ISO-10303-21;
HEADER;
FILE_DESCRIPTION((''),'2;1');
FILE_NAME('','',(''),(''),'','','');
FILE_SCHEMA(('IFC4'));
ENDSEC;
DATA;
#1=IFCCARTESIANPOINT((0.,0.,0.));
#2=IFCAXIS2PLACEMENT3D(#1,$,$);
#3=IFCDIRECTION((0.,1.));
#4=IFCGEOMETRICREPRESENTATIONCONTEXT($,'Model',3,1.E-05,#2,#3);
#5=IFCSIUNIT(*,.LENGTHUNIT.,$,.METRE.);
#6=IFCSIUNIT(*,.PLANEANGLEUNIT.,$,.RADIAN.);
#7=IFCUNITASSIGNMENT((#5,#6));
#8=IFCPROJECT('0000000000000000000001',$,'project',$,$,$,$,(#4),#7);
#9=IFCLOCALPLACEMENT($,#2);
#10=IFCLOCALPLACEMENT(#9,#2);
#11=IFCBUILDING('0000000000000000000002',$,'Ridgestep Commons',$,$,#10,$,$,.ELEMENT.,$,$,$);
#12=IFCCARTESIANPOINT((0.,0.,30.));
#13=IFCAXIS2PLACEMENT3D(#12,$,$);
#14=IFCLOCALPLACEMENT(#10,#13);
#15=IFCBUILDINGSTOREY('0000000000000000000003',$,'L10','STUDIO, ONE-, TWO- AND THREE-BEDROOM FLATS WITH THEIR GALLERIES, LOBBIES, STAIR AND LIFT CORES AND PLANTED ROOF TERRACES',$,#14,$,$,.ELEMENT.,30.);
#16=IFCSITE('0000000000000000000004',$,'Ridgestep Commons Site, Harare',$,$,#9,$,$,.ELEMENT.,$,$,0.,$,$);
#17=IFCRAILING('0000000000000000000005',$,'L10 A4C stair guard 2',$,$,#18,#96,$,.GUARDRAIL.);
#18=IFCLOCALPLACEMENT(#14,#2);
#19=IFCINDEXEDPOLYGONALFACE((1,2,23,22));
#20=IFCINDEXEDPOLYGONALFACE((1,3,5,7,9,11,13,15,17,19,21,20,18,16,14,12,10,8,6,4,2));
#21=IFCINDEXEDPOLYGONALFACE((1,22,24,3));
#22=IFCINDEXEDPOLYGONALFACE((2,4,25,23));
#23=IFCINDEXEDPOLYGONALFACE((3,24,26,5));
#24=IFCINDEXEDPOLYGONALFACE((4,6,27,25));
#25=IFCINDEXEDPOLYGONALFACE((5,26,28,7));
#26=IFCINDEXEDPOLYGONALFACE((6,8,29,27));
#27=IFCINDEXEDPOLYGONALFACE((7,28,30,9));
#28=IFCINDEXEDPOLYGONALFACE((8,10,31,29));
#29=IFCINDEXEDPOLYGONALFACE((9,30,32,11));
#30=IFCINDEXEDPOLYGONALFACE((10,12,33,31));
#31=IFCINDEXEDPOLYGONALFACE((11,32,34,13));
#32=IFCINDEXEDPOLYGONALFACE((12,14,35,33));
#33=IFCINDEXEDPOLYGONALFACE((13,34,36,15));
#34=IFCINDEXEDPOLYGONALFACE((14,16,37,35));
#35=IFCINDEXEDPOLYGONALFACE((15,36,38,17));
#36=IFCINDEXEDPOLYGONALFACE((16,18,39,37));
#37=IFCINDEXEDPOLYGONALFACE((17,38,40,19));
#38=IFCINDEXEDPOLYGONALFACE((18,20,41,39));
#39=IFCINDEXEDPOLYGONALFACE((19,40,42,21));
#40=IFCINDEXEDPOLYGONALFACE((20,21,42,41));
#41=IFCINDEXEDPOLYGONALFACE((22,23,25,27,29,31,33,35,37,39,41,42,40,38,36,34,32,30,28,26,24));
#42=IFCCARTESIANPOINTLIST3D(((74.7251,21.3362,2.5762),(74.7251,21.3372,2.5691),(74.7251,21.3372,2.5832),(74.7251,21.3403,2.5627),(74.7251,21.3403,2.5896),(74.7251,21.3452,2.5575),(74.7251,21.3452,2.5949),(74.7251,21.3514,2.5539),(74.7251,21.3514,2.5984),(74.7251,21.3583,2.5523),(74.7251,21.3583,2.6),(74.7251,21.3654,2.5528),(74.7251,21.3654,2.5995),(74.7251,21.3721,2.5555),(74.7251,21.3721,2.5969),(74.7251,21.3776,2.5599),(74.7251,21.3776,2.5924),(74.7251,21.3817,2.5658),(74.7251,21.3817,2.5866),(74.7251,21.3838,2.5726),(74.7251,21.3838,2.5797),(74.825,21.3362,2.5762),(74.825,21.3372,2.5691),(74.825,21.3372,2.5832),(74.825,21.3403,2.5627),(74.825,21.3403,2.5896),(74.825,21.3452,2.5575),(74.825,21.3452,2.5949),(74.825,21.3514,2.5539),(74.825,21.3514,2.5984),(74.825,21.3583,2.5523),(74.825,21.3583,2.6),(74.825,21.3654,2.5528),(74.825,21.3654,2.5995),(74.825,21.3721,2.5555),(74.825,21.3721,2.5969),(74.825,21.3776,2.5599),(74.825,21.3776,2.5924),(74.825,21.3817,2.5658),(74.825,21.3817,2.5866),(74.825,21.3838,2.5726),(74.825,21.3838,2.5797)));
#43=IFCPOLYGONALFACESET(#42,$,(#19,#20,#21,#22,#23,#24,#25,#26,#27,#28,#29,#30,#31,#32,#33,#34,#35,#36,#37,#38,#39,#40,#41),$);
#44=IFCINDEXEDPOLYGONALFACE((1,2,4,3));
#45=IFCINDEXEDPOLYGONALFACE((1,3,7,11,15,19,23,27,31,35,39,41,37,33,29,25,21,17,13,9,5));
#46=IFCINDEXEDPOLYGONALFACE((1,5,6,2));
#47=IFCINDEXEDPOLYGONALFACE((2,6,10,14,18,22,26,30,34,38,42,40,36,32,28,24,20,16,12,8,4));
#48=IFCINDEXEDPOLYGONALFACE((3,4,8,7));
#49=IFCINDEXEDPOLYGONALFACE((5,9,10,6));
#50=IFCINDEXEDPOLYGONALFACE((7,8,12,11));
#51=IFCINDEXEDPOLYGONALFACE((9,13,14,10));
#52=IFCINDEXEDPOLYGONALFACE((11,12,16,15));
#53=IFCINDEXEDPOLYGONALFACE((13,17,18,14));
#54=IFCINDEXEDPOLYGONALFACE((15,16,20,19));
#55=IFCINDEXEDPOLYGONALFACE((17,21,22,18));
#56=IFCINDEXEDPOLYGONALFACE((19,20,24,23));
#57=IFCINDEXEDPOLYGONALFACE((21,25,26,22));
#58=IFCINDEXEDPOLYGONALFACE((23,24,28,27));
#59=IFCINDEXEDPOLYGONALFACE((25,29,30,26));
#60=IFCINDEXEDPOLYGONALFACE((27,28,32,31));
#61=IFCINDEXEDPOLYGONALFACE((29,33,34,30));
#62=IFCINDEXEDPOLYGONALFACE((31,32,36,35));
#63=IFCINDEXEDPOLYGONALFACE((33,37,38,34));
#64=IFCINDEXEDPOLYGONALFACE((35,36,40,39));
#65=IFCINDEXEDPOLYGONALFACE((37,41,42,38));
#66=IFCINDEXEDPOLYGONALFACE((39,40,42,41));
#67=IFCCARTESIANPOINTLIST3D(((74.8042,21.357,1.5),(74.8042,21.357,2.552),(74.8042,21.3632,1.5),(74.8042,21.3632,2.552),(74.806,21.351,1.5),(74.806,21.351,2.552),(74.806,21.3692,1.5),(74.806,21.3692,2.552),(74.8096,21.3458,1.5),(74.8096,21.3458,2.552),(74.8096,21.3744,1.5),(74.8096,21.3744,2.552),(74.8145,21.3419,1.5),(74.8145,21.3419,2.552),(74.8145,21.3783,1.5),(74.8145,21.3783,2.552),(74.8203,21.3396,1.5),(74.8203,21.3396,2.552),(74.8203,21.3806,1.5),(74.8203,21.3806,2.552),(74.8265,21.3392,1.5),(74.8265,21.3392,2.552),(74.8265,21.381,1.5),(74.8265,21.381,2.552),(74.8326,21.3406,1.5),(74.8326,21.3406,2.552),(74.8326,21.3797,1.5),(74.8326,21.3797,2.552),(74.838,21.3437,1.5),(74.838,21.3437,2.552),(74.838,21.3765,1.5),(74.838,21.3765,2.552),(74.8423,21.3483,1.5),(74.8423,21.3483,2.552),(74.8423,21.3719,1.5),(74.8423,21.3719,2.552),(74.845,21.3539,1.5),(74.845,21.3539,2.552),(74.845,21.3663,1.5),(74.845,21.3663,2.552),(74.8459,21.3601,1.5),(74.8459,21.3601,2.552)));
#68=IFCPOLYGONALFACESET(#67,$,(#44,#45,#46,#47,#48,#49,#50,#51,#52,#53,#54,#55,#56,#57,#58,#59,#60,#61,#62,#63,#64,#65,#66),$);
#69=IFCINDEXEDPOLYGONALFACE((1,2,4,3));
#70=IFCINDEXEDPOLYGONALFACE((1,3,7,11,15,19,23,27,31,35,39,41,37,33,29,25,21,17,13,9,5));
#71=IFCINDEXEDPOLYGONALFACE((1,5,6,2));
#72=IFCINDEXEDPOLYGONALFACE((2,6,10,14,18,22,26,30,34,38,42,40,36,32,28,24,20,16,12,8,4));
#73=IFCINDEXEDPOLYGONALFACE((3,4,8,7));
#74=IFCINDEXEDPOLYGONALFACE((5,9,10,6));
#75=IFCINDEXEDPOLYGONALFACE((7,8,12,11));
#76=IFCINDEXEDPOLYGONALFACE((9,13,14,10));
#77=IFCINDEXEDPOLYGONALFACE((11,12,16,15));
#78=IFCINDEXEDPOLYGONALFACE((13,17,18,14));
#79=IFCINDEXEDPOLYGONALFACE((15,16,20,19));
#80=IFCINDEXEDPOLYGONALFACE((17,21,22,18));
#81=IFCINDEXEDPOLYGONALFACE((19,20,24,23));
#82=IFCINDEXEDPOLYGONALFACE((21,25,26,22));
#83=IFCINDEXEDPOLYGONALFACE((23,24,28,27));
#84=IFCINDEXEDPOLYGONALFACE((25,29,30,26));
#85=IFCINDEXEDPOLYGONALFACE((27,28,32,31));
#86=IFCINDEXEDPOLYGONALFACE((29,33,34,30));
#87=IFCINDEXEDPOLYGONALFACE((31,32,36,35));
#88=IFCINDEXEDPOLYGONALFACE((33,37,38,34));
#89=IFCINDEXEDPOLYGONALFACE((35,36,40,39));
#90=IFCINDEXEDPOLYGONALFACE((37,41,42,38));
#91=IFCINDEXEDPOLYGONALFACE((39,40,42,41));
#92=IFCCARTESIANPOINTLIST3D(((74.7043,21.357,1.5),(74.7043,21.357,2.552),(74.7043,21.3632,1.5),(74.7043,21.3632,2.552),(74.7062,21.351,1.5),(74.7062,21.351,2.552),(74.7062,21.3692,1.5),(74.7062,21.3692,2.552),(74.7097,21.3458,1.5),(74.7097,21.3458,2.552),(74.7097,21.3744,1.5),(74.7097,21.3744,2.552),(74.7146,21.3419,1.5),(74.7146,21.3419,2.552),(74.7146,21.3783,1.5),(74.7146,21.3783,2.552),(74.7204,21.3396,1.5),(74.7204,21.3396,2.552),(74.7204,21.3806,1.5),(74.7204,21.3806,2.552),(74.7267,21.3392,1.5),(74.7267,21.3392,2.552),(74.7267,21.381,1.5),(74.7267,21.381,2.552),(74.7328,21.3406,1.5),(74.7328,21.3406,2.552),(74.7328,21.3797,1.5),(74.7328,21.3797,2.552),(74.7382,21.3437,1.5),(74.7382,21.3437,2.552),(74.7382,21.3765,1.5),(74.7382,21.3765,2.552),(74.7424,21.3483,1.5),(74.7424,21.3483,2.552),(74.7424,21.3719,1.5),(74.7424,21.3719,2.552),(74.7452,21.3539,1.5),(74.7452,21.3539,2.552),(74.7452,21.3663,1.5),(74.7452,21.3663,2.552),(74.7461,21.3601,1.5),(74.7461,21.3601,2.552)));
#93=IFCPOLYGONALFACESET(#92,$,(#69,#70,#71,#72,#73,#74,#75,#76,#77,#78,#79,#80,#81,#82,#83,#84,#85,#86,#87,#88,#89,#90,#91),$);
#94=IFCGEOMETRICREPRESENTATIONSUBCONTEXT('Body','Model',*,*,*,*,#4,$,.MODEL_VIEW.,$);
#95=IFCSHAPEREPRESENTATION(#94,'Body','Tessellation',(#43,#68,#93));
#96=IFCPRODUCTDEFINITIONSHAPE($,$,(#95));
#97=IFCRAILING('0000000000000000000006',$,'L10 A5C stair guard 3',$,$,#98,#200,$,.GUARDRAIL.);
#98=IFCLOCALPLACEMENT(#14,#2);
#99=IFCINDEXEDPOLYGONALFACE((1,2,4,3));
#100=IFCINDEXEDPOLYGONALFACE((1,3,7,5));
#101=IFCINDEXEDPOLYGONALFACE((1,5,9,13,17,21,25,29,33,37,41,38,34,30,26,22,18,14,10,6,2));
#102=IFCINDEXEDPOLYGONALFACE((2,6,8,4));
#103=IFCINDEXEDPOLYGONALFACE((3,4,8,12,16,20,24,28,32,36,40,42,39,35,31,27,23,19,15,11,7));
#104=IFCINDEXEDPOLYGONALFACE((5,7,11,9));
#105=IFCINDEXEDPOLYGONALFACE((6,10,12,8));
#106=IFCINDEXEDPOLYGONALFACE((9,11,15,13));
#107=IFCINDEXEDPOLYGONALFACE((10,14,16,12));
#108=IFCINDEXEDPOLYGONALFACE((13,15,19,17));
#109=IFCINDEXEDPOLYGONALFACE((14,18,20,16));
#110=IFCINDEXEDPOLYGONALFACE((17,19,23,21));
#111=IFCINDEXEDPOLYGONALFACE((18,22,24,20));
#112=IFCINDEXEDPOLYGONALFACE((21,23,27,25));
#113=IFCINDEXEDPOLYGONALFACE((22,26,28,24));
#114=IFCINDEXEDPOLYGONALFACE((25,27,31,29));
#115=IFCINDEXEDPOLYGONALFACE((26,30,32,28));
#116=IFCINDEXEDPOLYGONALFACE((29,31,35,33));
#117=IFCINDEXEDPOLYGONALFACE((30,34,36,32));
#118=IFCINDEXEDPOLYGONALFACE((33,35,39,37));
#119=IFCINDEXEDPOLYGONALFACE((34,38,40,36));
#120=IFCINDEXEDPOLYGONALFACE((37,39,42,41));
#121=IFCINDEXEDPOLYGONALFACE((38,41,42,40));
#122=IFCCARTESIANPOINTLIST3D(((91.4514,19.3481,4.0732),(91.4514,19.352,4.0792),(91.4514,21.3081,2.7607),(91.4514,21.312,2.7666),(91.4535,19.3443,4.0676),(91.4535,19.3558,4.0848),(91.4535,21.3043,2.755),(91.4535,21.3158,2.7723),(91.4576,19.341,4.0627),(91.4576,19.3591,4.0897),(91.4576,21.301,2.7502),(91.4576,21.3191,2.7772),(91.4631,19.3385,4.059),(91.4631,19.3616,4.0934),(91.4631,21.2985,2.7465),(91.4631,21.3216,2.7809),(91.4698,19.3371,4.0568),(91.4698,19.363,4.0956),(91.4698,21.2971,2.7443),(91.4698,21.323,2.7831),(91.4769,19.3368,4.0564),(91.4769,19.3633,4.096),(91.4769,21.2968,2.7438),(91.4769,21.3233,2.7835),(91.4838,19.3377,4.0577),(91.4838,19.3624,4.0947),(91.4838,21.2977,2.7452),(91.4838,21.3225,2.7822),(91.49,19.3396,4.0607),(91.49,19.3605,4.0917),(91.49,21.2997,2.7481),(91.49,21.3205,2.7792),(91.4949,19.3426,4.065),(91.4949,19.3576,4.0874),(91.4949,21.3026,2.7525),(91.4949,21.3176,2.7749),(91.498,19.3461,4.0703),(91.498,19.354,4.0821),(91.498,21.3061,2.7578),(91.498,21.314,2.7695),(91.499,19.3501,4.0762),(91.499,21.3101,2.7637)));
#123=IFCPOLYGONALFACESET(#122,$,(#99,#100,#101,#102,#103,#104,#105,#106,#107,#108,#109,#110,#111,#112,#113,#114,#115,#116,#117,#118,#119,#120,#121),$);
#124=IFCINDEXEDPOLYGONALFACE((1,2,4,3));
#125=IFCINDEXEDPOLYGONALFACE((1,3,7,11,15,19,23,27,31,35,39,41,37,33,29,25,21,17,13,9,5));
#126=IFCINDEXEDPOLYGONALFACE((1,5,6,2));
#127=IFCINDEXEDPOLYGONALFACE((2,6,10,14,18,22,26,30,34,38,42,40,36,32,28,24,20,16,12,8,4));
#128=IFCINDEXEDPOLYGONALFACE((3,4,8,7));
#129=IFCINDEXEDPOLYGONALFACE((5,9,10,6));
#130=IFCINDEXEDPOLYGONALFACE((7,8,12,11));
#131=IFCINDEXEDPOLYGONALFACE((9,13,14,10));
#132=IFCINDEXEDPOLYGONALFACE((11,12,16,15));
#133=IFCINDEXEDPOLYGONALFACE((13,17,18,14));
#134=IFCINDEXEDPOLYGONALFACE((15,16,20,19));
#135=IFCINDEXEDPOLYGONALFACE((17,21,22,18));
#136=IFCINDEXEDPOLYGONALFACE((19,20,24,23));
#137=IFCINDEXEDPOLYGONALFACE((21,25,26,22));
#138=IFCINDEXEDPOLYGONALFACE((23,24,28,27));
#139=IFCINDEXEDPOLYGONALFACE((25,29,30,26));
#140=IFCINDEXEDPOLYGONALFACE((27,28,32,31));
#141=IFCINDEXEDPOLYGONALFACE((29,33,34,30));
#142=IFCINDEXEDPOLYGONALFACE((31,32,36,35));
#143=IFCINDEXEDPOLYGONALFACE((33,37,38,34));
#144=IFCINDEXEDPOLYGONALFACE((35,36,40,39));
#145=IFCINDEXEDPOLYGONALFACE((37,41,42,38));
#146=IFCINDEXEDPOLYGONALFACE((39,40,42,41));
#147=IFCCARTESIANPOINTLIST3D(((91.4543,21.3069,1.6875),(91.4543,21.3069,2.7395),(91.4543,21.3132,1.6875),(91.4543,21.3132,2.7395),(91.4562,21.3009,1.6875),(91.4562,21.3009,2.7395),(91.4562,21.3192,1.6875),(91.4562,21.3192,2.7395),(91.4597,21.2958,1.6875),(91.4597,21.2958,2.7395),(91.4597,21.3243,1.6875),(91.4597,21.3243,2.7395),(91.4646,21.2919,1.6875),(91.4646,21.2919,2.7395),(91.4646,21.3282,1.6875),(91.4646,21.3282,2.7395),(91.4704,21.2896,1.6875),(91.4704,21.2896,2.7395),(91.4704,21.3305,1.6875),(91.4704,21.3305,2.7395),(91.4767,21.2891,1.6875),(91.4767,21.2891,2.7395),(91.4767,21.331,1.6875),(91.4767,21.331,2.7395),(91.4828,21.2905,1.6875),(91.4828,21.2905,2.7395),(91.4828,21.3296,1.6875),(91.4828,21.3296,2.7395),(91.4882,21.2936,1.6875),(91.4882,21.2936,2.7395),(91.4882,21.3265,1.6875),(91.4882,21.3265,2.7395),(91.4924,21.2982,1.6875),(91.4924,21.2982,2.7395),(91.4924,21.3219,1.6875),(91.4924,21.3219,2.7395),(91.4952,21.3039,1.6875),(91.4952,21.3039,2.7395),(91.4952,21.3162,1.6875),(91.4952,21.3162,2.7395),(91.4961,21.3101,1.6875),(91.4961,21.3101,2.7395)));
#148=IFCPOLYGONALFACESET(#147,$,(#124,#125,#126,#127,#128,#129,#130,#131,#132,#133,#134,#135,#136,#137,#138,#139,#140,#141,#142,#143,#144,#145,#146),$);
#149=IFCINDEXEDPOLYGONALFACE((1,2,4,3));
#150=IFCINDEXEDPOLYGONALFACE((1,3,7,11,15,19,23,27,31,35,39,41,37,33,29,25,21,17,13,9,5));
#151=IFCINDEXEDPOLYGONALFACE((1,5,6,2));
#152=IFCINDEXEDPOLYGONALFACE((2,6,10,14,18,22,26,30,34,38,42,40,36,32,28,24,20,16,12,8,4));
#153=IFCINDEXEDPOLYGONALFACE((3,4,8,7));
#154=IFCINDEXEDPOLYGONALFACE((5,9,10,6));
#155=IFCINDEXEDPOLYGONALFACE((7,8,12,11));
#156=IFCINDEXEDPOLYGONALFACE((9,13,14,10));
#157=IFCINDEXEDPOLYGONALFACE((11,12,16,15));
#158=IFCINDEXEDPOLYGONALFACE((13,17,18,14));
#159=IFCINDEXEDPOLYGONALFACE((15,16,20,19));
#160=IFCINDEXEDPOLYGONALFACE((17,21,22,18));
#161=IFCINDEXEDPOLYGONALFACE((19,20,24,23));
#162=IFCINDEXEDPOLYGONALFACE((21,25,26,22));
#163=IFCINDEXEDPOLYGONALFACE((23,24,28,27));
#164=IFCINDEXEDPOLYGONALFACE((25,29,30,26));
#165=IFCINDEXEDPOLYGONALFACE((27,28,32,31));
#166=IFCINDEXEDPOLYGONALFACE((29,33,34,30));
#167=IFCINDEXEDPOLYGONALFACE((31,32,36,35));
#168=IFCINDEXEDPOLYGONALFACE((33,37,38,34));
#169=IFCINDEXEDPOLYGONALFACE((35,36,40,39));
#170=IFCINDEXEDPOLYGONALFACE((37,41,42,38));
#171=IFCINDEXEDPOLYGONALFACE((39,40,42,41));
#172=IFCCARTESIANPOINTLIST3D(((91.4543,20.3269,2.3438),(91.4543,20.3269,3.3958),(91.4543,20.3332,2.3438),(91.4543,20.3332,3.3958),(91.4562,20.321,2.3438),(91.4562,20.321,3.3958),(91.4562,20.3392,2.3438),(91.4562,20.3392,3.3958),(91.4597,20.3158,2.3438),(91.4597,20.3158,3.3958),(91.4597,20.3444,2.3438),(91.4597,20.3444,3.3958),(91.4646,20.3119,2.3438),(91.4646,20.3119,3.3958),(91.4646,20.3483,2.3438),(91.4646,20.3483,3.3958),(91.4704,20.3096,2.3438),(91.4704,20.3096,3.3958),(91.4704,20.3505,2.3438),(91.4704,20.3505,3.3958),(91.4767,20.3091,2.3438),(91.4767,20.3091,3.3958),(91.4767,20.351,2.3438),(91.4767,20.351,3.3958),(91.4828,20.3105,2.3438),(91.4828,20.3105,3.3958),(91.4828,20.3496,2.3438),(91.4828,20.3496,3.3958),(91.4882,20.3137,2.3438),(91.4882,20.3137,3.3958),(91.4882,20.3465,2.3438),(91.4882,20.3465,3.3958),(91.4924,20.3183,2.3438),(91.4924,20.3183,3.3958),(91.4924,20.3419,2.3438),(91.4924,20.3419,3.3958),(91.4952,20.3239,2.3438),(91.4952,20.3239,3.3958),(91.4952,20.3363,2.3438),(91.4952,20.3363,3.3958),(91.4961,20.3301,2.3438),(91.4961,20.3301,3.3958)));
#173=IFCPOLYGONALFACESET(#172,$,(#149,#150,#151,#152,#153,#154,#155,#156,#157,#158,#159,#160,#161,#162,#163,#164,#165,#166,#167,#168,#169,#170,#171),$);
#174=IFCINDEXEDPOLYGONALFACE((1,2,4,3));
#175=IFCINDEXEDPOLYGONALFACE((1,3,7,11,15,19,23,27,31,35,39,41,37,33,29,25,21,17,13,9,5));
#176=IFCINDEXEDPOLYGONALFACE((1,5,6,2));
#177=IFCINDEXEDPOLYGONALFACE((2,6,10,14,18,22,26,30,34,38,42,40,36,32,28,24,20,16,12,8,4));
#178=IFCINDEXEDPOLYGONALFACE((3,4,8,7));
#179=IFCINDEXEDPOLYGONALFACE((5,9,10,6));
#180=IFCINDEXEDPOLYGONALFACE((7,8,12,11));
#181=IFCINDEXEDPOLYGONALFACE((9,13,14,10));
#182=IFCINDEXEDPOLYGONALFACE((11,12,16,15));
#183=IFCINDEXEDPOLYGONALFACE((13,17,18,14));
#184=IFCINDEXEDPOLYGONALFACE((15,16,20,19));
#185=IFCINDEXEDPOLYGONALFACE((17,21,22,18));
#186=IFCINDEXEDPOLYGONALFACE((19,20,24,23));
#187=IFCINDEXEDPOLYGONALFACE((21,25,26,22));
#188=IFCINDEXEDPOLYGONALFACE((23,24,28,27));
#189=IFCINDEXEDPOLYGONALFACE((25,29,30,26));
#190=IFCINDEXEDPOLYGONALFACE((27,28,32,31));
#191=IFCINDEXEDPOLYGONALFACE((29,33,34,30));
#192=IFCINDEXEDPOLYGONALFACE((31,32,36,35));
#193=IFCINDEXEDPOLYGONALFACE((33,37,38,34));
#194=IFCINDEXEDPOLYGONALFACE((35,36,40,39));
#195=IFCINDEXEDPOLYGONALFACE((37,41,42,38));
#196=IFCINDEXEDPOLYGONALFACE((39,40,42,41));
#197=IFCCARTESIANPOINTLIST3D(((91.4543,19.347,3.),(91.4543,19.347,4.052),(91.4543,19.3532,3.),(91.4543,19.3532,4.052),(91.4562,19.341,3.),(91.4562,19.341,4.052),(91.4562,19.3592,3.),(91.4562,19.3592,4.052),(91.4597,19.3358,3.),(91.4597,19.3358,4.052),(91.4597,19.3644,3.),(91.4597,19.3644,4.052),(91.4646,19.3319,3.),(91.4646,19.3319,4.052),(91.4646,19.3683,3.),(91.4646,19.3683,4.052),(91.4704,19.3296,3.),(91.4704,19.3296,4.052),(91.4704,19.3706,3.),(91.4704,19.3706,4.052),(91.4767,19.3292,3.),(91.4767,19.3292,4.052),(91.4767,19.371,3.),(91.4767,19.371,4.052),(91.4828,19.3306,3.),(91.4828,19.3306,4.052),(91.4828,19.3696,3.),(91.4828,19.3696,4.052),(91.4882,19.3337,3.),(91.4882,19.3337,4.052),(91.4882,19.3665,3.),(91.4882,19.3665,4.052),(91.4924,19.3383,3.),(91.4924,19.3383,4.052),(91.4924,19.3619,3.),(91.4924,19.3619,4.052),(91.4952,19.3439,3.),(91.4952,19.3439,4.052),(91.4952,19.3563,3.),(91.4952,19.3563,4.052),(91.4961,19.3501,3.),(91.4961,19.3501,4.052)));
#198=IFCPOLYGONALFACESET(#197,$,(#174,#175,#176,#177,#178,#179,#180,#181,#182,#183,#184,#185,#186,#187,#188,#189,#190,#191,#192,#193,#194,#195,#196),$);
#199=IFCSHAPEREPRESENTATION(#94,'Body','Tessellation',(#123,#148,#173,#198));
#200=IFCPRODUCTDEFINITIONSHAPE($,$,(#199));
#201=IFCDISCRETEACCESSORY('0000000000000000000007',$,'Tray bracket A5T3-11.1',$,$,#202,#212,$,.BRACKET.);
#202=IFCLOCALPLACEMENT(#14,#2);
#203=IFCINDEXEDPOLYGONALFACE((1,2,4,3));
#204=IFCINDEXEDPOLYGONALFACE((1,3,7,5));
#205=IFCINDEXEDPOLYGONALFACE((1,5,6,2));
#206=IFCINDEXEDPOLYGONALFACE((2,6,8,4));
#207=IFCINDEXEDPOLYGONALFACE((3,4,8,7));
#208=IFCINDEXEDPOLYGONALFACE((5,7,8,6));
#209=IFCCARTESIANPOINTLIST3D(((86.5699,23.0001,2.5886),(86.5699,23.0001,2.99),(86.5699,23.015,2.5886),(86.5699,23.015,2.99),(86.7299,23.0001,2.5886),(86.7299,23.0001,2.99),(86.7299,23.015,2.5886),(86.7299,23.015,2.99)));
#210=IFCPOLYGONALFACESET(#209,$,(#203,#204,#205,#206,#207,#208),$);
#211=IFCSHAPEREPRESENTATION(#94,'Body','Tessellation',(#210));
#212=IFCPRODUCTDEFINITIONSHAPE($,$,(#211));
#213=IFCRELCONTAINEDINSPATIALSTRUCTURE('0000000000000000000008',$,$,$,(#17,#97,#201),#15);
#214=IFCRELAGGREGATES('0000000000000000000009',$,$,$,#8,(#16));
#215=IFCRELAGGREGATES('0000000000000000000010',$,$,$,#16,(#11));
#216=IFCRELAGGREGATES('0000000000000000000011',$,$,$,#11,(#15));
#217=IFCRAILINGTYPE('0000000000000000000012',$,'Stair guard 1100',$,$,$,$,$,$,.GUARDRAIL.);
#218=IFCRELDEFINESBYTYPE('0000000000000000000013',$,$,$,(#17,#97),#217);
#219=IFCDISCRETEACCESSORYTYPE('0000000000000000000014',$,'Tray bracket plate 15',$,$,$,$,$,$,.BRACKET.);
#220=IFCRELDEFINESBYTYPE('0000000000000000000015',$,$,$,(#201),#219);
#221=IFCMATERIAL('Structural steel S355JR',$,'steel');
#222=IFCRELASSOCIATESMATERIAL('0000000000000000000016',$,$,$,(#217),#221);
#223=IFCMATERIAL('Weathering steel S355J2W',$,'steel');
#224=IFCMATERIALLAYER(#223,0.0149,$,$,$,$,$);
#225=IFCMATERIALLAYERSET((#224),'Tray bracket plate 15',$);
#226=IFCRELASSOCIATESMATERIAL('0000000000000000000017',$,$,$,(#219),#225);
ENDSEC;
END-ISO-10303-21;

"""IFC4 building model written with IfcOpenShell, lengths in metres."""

from ifc_helpers import new_model, si_unit, direction, frame, origin, origin_2d, place, context, subcontext, project, spatial, rectangle, circle, extrude, material, layer, layer_set, type_object, element, save


model = new_model("IFC4")

# Units and contexts
model_context = context("Model", 3, precision=1e-05, world=origin(), true_north=direction((0.0, 1.0)))
body_context = subcontext(model_context, "Body", "Model", "MODEL_VIEW")
ifc_project = project(units=[si_unit("LENGTHUNIT", "METRE"), si_unit("PLANEANGLEUNIT", "RADIAN")], contexts=[model_context])

# Site, building, storey
site_placement = place(None, origin())
site = spatial("IfcSite", under=ifc_project, at=site_placement, Name="Ridgestep Commons Site, Harare", CompositionType="ELEMENT", RefElevation=0.0)
building_placement = place(site_placement, origin())
building = spatial("IfcBuilding", under=site, at=building_placement, Name="Ridgestep Commons", CompositionType="ELEMENT")
storey_placement = place(building_placement, frame((0.0, 0.0, 30.0)))
storey = spatial("IfcBuildingStorey", under=building, at=storey_placement, Name="L10", Description="STUDIO, ONE-, TWO- AND THREE-BEDROOM FLATS WITH THEIR GALLERIES, LOBBIES, STAIR AND LIFT CORES AND PLANTED ROOF TERRACES", CompositionType="ELEMENT", Elevation=30.0)

# Railings
ifc_material_1 = material(Name="Structural steel S355JR", Category="steel")
railing_type = type_object("IfcRailingType", Name="Stair guard 1100", PredefinedType="GUARDRAIL", material=ifc_material_1)
railing_1_placement = place(storey_placement, frame((74.825, 21.3601, 1.5)))
element("IfcRailing", 1, at=railing_1_placement, inside=storey, type_object=railing_type, Name="L10 A4C stair guard 2", PredefinedType="GUARDRAIL", context=body_context, shape_type="SweptSolid", body=[
    extrude(circle(Radius=0.0239, at=origin_2d()), frame((0.0, 0.0, 1.0762), z_axis=(-1.0, 0.0, 0.0), x_axis=(0.0, -1.0, 0.0)), (0.0, 0.0, 1.0), 0.0999),
    extrude(circle(Radius=0.021, at=origin_2d()), origin(), (0.0, 0.0, 1.0), 1.052),
    extrude(circle(Radius=0.021, at=origin_2d()), frame((-0.0999, 0.0, 0.0)), (0.0, 0.0, 1.0), 1.052),
])
railing_2_placement = place(storey_placement, frame((91.4751, 21.3101, 1.6875)))
element("IfcRailing", 2, at=railing_2_placement, inside=storey, type_object=railing_type, Name="L10 A5C stair guard 3", PredefinedType="GUARDRAIL", context=body_context, shape_type="SweptSolid", body=[
    extrude(circle(Radius=0.0239, at=origin_2d()), frame((0.0, 0.0, 1.0762), z_axis=(0.0, -0.830902, 0.556419), x_axis=(1.0, 0.0, 0.0)), (0.0, 0.0, 1.0), 2.3589),
    extrude(circle(Radius=0.021, at=origin_2d()), origin(), (0.0, 0.0, 1.0), 1.052),
    extrude(circle(Radius=0.021, at=origin_2d()), frame((0.0, -0.98, 0.6562)), (0.0, 0.0, 1.0), 1.052),
    extrude(circle(Radius=0.021, at=origin_2d()), frame((0.0, -1.96, 1.3125)), (0.0, 0.0, 1.0), 1.052),
])

# Discrete accessory
ifc_material_2 = material(Name="Weathering steel S355J2W", Category="steel")
ifc_layer_1 = layer(ifc_material_2, 0.0149)
ifc_layer_set_1 = layer_set([ifc_layer_1], Name="Tray bracket plate 15")
discrete_accessory_type = type_object("IfcDiscreteAccessoryType", Name="Tray bracket plate 15", PredefinedType="BRACKET", material=ifc_layer_set_1)
discrete_accessory_placement = place(storey_placement, frame((86.6499, 23.0076, 2.5886), z_axis=(0.0, 0.0, 1.0), x_axis=(1.0, 0.0, 0.0)))
element("IfcDiscreteAccessory", 3, at=discrete_accessory_placement, inside=storey, type_object=discrete_accessory_type, Name="Tray bracket A5T3-11.1", PredefinedType="BRACKET", context=body_context, shape_type="SweptSolid", body=[
    extrude(rectangle(XDim=0.1599, YDim=0.0149, at=origin_2d()), origin(), (0.0, 0.0, 1.0), 0.4014),
])

save(model, "model.ifc")
